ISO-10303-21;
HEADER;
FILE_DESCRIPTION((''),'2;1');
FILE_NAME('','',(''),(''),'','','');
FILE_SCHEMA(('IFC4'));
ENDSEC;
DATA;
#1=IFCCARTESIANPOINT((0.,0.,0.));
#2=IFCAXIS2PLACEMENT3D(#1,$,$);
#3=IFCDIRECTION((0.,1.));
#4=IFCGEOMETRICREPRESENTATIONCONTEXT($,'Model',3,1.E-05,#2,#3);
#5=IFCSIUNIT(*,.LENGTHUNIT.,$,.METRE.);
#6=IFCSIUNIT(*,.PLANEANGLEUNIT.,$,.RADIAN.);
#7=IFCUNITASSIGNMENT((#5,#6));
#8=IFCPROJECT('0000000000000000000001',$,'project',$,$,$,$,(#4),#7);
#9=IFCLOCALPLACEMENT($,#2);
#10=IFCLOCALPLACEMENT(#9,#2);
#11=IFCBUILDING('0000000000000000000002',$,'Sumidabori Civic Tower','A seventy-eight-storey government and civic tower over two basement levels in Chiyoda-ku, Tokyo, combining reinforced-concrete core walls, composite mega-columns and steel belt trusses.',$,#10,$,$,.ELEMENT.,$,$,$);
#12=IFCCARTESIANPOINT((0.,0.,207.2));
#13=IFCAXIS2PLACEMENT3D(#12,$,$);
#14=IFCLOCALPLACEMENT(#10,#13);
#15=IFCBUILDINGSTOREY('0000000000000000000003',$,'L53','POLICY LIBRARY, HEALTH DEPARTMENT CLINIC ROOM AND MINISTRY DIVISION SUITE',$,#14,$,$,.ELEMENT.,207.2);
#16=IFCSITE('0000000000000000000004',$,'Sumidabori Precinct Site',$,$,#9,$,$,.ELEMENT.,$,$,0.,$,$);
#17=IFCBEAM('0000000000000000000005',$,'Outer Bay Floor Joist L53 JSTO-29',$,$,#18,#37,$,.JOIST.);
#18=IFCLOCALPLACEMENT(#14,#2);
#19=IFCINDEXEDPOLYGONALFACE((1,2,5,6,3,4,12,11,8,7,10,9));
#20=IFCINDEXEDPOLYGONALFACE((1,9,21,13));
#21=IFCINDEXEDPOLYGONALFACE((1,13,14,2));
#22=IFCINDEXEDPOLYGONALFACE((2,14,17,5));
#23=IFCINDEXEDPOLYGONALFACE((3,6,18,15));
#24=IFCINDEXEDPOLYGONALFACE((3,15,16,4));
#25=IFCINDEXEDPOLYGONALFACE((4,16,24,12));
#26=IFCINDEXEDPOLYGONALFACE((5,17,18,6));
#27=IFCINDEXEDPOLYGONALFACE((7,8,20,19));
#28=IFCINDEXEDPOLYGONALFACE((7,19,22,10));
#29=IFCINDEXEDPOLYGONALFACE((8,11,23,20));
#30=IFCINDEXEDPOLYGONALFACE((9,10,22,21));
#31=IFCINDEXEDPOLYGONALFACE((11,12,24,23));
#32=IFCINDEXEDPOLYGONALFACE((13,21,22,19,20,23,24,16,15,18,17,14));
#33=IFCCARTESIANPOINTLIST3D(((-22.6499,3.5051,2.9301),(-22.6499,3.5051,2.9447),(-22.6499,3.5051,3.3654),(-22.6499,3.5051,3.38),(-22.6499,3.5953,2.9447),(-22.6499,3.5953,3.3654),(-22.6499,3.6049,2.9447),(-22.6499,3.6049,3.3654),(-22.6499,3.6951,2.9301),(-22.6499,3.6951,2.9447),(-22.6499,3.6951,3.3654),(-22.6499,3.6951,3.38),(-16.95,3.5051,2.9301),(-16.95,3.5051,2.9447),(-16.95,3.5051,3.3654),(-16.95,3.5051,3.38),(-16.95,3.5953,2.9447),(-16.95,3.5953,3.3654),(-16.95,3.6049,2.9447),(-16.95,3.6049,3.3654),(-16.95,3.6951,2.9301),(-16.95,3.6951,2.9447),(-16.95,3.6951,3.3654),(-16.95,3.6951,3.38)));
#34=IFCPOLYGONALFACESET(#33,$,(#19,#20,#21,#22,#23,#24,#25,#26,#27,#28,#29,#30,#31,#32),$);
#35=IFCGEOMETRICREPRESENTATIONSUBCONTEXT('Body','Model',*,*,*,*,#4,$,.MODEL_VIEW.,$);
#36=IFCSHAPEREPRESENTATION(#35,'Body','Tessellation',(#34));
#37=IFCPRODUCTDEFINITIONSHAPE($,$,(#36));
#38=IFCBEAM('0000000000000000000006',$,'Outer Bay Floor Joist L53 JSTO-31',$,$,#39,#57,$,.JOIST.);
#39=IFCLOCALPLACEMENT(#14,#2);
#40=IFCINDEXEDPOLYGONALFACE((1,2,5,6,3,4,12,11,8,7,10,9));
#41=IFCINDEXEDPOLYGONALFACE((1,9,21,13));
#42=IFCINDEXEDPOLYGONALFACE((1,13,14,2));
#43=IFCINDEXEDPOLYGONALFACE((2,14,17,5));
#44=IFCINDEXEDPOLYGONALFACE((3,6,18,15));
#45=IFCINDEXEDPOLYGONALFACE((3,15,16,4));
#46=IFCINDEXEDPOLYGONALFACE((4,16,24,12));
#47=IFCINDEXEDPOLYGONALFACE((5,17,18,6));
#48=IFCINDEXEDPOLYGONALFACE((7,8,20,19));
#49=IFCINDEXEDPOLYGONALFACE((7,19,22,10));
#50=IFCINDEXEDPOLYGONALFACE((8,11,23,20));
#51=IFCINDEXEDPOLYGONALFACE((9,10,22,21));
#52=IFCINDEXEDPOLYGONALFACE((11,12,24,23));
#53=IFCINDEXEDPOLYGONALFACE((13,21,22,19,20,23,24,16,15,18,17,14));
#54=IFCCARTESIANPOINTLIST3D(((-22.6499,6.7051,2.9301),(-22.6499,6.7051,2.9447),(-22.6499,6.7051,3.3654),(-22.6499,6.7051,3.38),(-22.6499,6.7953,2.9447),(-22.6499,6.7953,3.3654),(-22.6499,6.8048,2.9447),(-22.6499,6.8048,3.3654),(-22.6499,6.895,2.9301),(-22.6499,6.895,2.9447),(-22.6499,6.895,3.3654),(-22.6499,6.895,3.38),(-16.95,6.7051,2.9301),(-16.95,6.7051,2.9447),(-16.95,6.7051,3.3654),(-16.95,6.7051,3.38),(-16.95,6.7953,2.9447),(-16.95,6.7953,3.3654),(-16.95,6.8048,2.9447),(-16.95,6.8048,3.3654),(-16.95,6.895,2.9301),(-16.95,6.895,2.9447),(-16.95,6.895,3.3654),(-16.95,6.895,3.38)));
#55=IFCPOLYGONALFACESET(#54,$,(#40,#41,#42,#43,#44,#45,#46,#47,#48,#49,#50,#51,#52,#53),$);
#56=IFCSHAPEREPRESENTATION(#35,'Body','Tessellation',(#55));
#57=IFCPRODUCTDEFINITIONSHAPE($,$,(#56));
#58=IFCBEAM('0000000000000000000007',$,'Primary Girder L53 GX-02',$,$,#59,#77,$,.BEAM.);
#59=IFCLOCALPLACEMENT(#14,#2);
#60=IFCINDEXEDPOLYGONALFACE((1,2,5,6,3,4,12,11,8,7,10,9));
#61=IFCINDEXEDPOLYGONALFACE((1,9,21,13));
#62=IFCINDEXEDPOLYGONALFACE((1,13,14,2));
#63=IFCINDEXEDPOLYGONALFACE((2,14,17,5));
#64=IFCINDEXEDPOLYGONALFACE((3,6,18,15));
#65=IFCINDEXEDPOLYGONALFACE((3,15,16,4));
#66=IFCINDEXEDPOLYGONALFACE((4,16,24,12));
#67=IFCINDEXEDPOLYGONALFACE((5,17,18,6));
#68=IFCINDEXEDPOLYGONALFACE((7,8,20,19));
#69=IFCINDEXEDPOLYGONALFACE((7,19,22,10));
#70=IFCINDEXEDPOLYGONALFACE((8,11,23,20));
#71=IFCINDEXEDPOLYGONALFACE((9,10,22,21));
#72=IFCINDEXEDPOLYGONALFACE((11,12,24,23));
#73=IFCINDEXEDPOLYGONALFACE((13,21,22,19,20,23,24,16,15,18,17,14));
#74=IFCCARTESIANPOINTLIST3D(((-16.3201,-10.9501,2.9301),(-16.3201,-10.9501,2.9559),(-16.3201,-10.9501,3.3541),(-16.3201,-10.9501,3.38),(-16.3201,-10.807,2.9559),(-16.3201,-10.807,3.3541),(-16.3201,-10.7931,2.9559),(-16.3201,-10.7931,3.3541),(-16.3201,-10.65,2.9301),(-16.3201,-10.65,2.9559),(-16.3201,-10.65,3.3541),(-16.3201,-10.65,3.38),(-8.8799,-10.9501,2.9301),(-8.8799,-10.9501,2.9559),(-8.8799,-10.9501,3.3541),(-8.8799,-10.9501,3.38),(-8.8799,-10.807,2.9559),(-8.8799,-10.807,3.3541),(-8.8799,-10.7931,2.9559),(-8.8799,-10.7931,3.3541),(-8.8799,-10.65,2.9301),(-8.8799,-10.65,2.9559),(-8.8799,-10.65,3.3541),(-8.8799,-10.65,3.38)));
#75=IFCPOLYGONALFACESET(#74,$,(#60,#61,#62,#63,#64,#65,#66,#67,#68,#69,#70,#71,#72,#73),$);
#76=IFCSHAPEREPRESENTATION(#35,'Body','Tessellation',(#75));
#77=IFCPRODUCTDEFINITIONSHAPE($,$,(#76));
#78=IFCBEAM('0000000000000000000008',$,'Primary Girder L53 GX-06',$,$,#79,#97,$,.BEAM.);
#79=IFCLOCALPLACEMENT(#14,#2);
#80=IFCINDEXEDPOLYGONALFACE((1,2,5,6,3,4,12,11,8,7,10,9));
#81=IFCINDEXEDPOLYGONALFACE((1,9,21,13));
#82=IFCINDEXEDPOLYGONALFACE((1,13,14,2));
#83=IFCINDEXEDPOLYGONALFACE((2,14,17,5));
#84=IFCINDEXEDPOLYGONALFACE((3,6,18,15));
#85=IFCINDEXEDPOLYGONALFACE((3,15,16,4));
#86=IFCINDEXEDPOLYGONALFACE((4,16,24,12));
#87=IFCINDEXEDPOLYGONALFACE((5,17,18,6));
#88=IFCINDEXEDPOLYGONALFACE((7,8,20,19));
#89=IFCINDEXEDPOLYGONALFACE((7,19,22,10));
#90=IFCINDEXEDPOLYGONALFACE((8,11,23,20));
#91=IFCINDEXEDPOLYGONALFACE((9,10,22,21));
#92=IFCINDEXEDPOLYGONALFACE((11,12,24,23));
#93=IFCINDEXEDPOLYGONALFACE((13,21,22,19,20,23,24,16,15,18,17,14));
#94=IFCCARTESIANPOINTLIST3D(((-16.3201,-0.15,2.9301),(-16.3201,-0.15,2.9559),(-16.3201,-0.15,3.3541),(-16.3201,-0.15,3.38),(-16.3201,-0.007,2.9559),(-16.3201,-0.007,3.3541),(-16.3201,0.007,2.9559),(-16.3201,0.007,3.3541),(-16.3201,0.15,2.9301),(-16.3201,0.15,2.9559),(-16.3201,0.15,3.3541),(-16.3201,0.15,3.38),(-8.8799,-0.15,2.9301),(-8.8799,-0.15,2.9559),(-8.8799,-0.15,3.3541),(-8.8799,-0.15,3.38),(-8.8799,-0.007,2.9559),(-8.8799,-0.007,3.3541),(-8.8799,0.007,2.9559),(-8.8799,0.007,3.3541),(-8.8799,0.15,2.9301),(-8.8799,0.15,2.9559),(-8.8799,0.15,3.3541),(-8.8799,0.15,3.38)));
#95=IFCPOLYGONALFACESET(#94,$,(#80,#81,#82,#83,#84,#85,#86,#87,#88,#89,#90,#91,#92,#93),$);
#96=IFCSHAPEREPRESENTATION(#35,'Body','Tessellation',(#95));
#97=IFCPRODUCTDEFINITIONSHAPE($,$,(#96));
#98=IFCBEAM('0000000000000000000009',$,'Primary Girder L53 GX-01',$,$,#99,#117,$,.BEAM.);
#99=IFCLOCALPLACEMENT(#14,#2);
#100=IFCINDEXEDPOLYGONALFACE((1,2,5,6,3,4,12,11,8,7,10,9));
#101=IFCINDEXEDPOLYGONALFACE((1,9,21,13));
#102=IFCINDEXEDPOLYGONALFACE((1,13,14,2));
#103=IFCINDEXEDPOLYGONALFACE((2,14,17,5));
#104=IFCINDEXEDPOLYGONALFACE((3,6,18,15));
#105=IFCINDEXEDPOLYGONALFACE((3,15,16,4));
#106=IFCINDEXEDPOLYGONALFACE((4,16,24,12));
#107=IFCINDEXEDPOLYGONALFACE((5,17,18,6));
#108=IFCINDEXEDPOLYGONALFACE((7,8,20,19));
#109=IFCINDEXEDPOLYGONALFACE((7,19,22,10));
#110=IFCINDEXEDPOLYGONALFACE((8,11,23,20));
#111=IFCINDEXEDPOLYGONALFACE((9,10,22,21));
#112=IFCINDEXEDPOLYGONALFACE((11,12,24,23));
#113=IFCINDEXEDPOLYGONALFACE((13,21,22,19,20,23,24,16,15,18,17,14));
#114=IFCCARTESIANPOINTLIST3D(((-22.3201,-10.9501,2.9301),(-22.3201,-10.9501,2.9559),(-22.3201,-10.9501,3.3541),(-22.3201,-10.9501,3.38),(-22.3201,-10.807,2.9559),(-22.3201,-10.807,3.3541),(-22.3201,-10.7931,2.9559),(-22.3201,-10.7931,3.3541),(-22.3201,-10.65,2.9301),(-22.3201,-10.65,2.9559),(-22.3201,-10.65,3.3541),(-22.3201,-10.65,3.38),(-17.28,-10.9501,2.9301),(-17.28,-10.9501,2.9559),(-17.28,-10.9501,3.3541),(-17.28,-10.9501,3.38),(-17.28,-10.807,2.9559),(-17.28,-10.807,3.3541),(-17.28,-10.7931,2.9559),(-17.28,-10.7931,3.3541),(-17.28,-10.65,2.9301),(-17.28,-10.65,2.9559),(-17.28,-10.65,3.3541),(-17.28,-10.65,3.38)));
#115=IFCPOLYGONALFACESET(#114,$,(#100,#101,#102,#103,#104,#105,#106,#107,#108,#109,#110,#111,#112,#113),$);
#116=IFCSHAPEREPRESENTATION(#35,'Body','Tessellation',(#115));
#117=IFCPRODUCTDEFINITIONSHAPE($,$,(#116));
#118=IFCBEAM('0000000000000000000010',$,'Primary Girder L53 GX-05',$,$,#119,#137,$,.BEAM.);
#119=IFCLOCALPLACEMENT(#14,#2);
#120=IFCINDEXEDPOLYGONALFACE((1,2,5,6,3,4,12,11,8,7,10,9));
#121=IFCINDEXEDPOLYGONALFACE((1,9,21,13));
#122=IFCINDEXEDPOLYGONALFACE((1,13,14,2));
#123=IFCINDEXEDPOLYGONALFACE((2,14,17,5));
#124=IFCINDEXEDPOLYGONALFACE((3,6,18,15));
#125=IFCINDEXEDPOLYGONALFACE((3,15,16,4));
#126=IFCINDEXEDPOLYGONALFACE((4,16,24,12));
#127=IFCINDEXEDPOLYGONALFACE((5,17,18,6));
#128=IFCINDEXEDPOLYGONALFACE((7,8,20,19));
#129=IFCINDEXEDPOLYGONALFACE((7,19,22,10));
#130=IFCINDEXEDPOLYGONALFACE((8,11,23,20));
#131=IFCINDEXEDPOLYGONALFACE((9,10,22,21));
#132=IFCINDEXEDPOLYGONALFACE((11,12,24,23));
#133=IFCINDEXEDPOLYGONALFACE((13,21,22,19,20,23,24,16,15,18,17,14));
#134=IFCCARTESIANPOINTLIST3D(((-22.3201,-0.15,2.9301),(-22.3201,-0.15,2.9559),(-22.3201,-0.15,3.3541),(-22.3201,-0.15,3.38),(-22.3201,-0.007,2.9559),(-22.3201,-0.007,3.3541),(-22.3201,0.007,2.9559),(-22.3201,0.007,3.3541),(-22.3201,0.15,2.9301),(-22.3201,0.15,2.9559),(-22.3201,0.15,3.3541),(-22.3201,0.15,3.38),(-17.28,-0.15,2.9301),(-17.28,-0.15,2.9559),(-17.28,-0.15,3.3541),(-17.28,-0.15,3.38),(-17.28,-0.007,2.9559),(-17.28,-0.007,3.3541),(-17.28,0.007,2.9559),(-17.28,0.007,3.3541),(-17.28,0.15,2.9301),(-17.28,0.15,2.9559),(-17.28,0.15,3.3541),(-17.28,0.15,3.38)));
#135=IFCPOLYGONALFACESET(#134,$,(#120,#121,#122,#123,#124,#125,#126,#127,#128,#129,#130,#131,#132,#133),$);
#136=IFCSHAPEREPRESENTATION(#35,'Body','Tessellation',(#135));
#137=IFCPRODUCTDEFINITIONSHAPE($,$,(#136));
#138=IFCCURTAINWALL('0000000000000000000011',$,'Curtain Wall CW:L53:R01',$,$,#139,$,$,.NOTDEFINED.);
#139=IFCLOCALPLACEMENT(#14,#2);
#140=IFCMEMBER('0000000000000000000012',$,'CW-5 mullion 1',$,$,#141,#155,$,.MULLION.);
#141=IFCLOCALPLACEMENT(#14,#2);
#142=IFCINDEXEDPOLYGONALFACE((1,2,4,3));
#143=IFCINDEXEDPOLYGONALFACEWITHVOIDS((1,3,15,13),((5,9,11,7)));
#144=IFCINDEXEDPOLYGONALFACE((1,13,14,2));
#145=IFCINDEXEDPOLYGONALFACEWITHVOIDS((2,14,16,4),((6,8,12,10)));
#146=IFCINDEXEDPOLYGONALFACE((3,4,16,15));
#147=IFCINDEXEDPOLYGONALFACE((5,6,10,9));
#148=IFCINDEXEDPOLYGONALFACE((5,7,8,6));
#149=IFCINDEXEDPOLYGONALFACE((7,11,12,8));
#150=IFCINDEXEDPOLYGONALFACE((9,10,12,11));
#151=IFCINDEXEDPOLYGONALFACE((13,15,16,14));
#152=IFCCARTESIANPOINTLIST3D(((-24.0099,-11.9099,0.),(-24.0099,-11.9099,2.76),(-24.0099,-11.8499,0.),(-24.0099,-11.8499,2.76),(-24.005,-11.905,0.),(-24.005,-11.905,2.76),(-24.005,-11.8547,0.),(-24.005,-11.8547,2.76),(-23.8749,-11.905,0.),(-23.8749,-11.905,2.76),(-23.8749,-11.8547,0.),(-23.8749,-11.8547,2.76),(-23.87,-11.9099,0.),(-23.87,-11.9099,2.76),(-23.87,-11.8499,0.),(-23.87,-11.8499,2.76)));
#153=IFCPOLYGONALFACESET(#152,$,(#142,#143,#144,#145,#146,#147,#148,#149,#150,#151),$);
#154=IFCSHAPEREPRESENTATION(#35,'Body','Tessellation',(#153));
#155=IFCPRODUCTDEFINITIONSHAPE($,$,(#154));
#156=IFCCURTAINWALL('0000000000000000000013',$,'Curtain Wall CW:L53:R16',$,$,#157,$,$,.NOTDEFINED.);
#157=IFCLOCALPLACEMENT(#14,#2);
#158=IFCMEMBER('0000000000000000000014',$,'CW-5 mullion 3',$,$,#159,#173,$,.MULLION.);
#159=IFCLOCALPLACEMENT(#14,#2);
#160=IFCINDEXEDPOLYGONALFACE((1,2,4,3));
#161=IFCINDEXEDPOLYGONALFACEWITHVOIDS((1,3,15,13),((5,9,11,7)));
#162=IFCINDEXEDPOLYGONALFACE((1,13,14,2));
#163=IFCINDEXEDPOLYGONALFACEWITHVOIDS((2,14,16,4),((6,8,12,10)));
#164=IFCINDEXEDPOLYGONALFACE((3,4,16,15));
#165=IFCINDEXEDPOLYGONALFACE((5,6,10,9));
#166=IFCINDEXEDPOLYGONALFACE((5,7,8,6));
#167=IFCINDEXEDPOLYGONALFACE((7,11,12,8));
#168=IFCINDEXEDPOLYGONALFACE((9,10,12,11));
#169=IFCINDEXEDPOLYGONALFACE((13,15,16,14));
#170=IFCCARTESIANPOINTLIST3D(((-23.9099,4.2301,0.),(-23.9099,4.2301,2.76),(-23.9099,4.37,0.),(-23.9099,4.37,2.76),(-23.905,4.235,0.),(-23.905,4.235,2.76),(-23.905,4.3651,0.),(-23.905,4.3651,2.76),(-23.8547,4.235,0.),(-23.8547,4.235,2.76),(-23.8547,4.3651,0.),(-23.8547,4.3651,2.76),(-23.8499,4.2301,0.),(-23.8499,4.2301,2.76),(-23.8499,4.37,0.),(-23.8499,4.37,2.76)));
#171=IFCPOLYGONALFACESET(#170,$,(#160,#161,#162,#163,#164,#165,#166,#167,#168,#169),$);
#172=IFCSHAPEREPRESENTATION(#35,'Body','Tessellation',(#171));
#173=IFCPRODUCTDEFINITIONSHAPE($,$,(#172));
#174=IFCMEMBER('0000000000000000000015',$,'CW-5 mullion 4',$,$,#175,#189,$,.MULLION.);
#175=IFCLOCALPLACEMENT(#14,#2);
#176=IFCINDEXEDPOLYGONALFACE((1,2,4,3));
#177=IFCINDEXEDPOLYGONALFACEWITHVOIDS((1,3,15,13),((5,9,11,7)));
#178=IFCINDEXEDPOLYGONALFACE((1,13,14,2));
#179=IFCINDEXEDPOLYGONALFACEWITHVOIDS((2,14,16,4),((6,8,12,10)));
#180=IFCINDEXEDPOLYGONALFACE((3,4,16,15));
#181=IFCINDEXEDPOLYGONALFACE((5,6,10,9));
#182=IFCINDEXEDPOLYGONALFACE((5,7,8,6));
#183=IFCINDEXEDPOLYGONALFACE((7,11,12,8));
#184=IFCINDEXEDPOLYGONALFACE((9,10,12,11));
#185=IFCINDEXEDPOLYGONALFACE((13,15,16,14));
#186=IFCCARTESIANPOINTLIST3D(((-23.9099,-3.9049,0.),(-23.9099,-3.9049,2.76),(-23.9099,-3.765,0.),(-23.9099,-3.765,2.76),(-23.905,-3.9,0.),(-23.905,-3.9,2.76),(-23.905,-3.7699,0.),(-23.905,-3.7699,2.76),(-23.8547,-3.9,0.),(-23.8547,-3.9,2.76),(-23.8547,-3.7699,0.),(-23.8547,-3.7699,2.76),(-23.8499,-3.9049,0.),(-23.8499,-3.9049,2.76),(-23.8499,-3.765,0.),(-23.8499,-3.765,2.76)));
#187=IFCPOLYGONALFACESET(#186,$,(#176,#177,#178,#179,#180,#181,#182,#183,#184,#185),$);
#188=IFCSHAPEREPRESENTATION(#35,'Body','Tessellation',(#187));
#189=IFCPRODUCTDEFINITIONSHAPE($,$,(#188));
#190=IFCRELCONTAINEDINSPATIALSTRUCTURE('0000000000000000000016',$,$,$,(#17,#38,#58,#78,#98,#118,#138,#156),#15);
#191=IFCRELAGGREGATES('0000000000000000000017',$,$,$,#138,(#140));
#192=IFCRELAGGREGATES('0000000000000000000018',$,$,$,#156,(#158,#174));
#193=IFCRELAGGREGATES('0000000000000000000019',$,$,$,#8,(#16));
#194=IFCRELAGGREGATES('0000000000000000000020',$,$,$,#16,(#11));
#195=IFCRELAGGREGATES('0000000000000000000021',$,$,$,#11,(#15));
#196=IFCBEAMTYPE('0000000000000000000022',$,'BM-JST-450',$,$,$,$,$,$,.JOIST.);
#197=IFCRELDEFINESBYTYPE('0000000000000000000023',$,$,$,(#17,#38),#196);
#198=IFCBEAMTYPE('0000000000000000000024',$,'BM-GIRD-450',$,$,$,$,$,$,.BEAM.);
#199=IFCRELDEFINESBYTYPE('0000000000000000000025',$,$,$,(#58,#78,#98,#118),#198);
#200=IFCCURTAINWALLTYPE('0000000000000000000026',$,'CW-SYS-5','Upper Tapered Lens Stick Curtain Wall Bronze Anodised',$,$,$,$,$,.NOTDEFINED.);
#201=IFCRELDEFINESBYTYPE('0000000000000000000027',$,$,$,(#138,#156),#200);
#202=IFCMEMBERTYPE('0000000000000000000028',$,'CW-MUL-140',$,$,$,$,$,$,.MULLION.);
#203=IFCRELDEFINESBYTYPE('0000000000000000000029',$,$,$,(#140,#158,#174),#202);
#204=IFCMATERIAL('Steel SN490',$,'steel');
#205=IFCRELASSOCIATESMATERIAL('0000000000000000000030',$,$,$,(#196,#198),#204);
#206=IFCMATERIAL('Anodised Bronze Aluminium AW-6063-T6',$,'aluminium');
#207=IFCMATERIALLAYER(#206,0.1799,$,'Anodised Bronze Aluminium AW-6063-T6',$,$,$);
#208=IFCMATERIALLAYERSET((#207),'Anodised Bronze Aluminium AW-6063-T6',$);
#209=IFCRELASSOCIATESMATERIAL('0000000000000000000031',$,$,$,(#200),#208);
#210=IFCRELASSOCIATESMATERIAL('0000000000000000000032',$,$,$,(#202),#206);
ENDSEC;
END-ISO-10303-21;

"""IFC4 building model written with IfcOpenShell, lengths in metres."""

from ifc_helpers import new_model, si_unit, direction, frame, origin, origin_2d, place, context, subcontext, project, spatial, hollow_rectangle, i_section, extrude, source, transform, mapped, material, layer, layer_set, material_profile, profile_set, type_object, element, aggregate, save


model = new_model("IFC4")

# Units and contexts
model_context = context("Model", 3, precision=1e-05, world=origin(), true_north=direction((0.0, 1.0)))
body_context = subcontext(model_context, "Body", "Model", "MODEL_VIEW")
ifc_project = project(units=[si_unit("LENGTHUNIT", "METRE"), si_unit("PLANEANGLEUNIT", "RADIAN")], contexts=[model_context])

# Site, building, storey
site_placement = place(None, origin())
site = spatial("IfcSite", under=ifc_project, at=site_placement, Name="Sumidabori Precinct Site", CompositionType="ELEMENT", RefElevation=0.0)
building_placement = place(site_placement, origin())
building = spatial("IfcBuilding", under=site, at=building_placement, Name="Sumidabori Civic Tower", Description="A seventy-eight-storey government and civic tower over two basement levels in Chiyoda-ku, Tokyo, combining reinforced-concrete core walls, composite mega-columns and steel belt trusses.", CompositionType="ELEMENT")
storey_placement = place(building_placement, frame((0.0, 0.0, 207.2)))
storey = spatial("IfcBuildingStorey", under=building, at=storey_placement, Name="L53", Description="POLICY LIBRARY, HEALTH DEPARTMENT CLINIC ROOM AND MINISTRY DIVISION SUITE", CompositionType="ELEMENT", Elevation=207.2)

# Beams
ifc_material_1 = material(Name="Steel SN490", Category="steel")
ifc_material_profile_1 = material_profile(ifc_material_1, i_section(OverallWidth=0.1899, OverallDepth=0.45, WebThickness=0.0095, FlangeThickness=0.0146, at=origin_2d()), Name="IPE 450")
ifc_profile_set_1 = profile_set([ifc_material_profile_1], Name="Steel SN490")
beam_type_1 = type_object("IfcBeamType", Name="BM-JST-450", PredefinedType="JOIST", material=ifc_profile_set_1)
shared_shape_1 = source(origin(), body_context, "Body", "SweptSolid", [
    extrude(i_section(OverallWidth=0.1899, OverallDepth=0.45, WebThickness=0.0095, FlangeThickness=0.0146, at=origin_2d()), origin(), (0.0, 0.0, 1.0), 5.7),
])
for number, where, z_axis, x_axis, name in (
    (1, (-22.6499, 3.6001, 3.155), (1.0, 0.0, 0.0), (0.0, 1.0, 0.0), "Outer Bay Floor Joist L53 JSTO-29"),
    (2, (-22.6499, 6.8, 3.155), (1.0, 0.0, 0.0), (0.0, 1.0, 0.0), "Outer Bay Floor Joist L53 JSTO-31"),
):
    element("IfcBeam", number, at=place(storey_placement, frame(where, z_axis=z_axis, x_axis=x_axis)), inside=storey, type_object=beam_type_1, Name=name, PredefinedType="JOIST", context=body_context, shape_type="MappedRepresentation", body=[
        mapped(shared_shape_1, transform((0.0, 0.0, 0.0), x_axis=(1.0, 0.0, 0.0), y_axis=(0.0, 1.0, 0.0), z_axis=(0.0, 0.0, 1.0), scale=1.0)),
    ])
ifc_material_profile_2 = material_profile(ifc_material_1, i_section(OverallWidth=0.3, OverallDepth=0.45, WebThickness=0.0139, FlangeThickness=0.0259, at=origin_2d()), Name="HE 450 B")
ifc_profile_set_2 = profile_set([ifc_material_profile_2], Name="Steel SN490")
beam_type_2 = type_object("IfcBeamType", Name="BM-GIRD-450", PredefinedType="BEAM", material=ifc_profile_set_2)
shared_shape_2 = source(origin(), body_context, "Body", "SweptSolid", [
    extrude(i_section(OverallWidth=0.3, OverallDepth=0.45, WebThickness=0.0139, FlangeThickness=0.0259, at=origin_2d()), origin(), (0.0, 0.0, 1.0), 7.4402),
])
for number, where, z_axis, x_axis, name in (
    (3, (-16.3201, -10.8, 3.155), (1.0, 0.0, 0.0), (0.0, 1.0, 0.0), "Primary Girder L53 GX-02"),
    (4, (-16.3201, 0.0, 3.155), (1.0, 0.0, 0.0), (0.0, 1.0, 0.0), "Primary Girder L53 GX-06"),
):
    element("IfcBeam", number, at=place(storey_placement, frame(where, z_axis=z_axis, x_axis=x_axis)), inside=storey, type_object=beam_type_2, Name=name, PredefinedType="BEAM", context=body_context, shape_type="MappedRepresentation", body=[
        mapped(shared_shape_2, transform((0.0, 0.0, 0.0), x_axis=(1.0, 0.0, 0.0), y_axis=(0.0, 1.0, 0.0), z_axis=(0.0, 0.0, 1.0), scale=1.0)),
    ])
shared_shape_3 = source(origin(), body_context, "Body", "SweptSolid", [
    extrude(i_section(OverallWidth=0.3, OverallDepth=0.45, WebThickness=0.0139, FlangeThickness=0.0259, at=origin_2d()), origin(), (0.0, 0.0, 1.0), 5.04),
])
for number, where, z_axis, x_axis, name in (
    (5, (-22.3201, -10.8, 3.155), (1.0, 0.0, 0.0), (0.0, 1.0, 0.0), "Primary Girder L53 GX-01"),
    (6, (-22.3201, 0.0, 3.155), (1.0, 0.0, 0.0), (0.0, 1.0, 0.0), "Primary Girder L53 GX-05"),
):
    element("IfcBeam", number, at=place(storey_placement, frame(where, z_axis=z_axis, x_axis=x_axis)), inside=storey, type_object=beam_type_2, Name=name, PredefinedType="BEAM", context=body_context, shape_type="MappedRepresentation", body=[
        mapped(shared_shape_3, transform((0.0, 0.0, 0.0), x_axis=(1.0, 0.0, 0.0), y_axis=(0.0, 1.0, 0.0), z_axis=(0.0, 0.0, 1.0), scale=1.0)),
    ])

# Curtain wall, member
ifc_material_2 = material(Name="Anodised Bronze Aluminium AW-6063-T6", Category="aluminium")
ifc_layer_1 = layer(ifc_material_2, 0.1799, Name="Anodised Bronze Aluminium AW-6063-T6")
ifc_layer_set_1 = layer_set([ifc_layer_1], Name="Anodised Bronze Aluminium AW-6063-T6")
curtain_wall_type = type_object("IfcCurtainWallType", Name="CW-SYS-5", Description="Upper Tapered Lens Stick Curtain Wall Bronze Anodised", PredefinedType="NOTDEFINED", material=ifc_layer_set_1)
curtain_wall_1_placement = place(storey_placement, origin())
curtain_wall_1 = element("IfcCurtainWall", 7, at=curtain_wall_1_placement, inside=storey, type_object=curtain_wall_type, Name="Curtain Wall CW:L53:R01", PredefinedType="NOTDEFINED")
ifc_material_profile_3 = material_profile(ifc_material_2, hollow_rectangle(XDim=0.0601, YDim=0.1399, WallThickness=0.0049, at=origin_2d()), Name="ALU MULLION 140x60")
ifc_profile_set_3 = profile_set([ifc_material_profile_3], Name="Anodised Bronze Aluminium AW-6063-T6")
member_type_1 = type_object("IfcMemberType", Name="CW-MUL-140", PredefinedType="MULLION", material=ifc_profile_set_3)
shared_shape_4 = source(origin(), body_context, "Body", "SweptSolid", [
    extrude(hollow_rectangle(XDim=0.0601, YDim=0.1399, WallThickness=0.0049, at=origin_2d()), origin(), (0.0, 0.0, 1.0), 2.76),
])
member_1_placement = place(storey_placement, frame((-23.9399, -11.8799, 0.0), z_axis=(0.0, 0.0, 1.0), x_axis=(0.0, 1.0, 0.0)))
member_1 = element("IfcMember", 8, at=member_1_placement, type_object=member_type_1, Name="CW-5 mullion 1", PredefinedType="MULLION", context=body_context, shape_type="MappedRepresentation", body=[
    mapped(shared_shape_4, transform((0.0, 0.0, 0.0), x_axis=(1.0, 0.0, 0.0), y_axis=(0.0, 1.0, 0.0), z_axis=(0.0, 0.0, 1.0), scale=1.0)),
])

# Curtain wall, members
curtain_wall_2_placement = place(storey_placement, origin())
curtain_wall_2 = element("IfcCurtainWall", 9, at=curtain_wall_2_placement, inside=storey, type_object=curtain_wall_type, Name="Curtain Wall CW:L53:R16", PredefinedType="NOTDEFINED")
member_2_placement = place(storey_placement, frame((-23.8799, 4.3, 0.0), z_axis=(0.0, 0.0, 1.0), x_axis=(1.0, 0.0, 0.0)))
member_2 = element("IfcMember", 10, at=member_2_placement, type_object=member_type_1, Name="CW-5 mullion 3", PredefinedType="MULLION", context=body_context, shape_type="MappedRepresentation", body=[
    mapped(shared_shape_4, transform((0.0, 0.0, 0.0), x_axis=(1.0, 0.0, 0.0), y_axis=(0.0, 1.0, 0.0), z_axis=(0.0, 0.0, 1.0), scale=1.0)),
])
member_3_placement = place(storey_placement, frame((-23.8799, -3.835, 0.0), z_axis=(0.0, 0.0, 1.0), x_axis=(1.0, 0.0, 0.0)))
member_3 = element("IfcMember", 11, at=member_3_placement, type_object=member_type_1, Name="CW-5 mullion 4", PredefinedType="MULLION", context=body_context, shape_type="MappedRepresentation", body=[
    mapped(shared_shape_4, transform((0.0, 0.0, 0.0), x_axis=(1.0, 0.0, 0.0), y_axis=(0.0, 1.0, 0.0), z_axis=(0.0, 0.0, 1.0), scale=1.0)),
])

aggregate(curtain_wall_1, [member_1])
aggregate(curtain_wall_2, [member_2, member_3])

save(model, "model.ifc")
